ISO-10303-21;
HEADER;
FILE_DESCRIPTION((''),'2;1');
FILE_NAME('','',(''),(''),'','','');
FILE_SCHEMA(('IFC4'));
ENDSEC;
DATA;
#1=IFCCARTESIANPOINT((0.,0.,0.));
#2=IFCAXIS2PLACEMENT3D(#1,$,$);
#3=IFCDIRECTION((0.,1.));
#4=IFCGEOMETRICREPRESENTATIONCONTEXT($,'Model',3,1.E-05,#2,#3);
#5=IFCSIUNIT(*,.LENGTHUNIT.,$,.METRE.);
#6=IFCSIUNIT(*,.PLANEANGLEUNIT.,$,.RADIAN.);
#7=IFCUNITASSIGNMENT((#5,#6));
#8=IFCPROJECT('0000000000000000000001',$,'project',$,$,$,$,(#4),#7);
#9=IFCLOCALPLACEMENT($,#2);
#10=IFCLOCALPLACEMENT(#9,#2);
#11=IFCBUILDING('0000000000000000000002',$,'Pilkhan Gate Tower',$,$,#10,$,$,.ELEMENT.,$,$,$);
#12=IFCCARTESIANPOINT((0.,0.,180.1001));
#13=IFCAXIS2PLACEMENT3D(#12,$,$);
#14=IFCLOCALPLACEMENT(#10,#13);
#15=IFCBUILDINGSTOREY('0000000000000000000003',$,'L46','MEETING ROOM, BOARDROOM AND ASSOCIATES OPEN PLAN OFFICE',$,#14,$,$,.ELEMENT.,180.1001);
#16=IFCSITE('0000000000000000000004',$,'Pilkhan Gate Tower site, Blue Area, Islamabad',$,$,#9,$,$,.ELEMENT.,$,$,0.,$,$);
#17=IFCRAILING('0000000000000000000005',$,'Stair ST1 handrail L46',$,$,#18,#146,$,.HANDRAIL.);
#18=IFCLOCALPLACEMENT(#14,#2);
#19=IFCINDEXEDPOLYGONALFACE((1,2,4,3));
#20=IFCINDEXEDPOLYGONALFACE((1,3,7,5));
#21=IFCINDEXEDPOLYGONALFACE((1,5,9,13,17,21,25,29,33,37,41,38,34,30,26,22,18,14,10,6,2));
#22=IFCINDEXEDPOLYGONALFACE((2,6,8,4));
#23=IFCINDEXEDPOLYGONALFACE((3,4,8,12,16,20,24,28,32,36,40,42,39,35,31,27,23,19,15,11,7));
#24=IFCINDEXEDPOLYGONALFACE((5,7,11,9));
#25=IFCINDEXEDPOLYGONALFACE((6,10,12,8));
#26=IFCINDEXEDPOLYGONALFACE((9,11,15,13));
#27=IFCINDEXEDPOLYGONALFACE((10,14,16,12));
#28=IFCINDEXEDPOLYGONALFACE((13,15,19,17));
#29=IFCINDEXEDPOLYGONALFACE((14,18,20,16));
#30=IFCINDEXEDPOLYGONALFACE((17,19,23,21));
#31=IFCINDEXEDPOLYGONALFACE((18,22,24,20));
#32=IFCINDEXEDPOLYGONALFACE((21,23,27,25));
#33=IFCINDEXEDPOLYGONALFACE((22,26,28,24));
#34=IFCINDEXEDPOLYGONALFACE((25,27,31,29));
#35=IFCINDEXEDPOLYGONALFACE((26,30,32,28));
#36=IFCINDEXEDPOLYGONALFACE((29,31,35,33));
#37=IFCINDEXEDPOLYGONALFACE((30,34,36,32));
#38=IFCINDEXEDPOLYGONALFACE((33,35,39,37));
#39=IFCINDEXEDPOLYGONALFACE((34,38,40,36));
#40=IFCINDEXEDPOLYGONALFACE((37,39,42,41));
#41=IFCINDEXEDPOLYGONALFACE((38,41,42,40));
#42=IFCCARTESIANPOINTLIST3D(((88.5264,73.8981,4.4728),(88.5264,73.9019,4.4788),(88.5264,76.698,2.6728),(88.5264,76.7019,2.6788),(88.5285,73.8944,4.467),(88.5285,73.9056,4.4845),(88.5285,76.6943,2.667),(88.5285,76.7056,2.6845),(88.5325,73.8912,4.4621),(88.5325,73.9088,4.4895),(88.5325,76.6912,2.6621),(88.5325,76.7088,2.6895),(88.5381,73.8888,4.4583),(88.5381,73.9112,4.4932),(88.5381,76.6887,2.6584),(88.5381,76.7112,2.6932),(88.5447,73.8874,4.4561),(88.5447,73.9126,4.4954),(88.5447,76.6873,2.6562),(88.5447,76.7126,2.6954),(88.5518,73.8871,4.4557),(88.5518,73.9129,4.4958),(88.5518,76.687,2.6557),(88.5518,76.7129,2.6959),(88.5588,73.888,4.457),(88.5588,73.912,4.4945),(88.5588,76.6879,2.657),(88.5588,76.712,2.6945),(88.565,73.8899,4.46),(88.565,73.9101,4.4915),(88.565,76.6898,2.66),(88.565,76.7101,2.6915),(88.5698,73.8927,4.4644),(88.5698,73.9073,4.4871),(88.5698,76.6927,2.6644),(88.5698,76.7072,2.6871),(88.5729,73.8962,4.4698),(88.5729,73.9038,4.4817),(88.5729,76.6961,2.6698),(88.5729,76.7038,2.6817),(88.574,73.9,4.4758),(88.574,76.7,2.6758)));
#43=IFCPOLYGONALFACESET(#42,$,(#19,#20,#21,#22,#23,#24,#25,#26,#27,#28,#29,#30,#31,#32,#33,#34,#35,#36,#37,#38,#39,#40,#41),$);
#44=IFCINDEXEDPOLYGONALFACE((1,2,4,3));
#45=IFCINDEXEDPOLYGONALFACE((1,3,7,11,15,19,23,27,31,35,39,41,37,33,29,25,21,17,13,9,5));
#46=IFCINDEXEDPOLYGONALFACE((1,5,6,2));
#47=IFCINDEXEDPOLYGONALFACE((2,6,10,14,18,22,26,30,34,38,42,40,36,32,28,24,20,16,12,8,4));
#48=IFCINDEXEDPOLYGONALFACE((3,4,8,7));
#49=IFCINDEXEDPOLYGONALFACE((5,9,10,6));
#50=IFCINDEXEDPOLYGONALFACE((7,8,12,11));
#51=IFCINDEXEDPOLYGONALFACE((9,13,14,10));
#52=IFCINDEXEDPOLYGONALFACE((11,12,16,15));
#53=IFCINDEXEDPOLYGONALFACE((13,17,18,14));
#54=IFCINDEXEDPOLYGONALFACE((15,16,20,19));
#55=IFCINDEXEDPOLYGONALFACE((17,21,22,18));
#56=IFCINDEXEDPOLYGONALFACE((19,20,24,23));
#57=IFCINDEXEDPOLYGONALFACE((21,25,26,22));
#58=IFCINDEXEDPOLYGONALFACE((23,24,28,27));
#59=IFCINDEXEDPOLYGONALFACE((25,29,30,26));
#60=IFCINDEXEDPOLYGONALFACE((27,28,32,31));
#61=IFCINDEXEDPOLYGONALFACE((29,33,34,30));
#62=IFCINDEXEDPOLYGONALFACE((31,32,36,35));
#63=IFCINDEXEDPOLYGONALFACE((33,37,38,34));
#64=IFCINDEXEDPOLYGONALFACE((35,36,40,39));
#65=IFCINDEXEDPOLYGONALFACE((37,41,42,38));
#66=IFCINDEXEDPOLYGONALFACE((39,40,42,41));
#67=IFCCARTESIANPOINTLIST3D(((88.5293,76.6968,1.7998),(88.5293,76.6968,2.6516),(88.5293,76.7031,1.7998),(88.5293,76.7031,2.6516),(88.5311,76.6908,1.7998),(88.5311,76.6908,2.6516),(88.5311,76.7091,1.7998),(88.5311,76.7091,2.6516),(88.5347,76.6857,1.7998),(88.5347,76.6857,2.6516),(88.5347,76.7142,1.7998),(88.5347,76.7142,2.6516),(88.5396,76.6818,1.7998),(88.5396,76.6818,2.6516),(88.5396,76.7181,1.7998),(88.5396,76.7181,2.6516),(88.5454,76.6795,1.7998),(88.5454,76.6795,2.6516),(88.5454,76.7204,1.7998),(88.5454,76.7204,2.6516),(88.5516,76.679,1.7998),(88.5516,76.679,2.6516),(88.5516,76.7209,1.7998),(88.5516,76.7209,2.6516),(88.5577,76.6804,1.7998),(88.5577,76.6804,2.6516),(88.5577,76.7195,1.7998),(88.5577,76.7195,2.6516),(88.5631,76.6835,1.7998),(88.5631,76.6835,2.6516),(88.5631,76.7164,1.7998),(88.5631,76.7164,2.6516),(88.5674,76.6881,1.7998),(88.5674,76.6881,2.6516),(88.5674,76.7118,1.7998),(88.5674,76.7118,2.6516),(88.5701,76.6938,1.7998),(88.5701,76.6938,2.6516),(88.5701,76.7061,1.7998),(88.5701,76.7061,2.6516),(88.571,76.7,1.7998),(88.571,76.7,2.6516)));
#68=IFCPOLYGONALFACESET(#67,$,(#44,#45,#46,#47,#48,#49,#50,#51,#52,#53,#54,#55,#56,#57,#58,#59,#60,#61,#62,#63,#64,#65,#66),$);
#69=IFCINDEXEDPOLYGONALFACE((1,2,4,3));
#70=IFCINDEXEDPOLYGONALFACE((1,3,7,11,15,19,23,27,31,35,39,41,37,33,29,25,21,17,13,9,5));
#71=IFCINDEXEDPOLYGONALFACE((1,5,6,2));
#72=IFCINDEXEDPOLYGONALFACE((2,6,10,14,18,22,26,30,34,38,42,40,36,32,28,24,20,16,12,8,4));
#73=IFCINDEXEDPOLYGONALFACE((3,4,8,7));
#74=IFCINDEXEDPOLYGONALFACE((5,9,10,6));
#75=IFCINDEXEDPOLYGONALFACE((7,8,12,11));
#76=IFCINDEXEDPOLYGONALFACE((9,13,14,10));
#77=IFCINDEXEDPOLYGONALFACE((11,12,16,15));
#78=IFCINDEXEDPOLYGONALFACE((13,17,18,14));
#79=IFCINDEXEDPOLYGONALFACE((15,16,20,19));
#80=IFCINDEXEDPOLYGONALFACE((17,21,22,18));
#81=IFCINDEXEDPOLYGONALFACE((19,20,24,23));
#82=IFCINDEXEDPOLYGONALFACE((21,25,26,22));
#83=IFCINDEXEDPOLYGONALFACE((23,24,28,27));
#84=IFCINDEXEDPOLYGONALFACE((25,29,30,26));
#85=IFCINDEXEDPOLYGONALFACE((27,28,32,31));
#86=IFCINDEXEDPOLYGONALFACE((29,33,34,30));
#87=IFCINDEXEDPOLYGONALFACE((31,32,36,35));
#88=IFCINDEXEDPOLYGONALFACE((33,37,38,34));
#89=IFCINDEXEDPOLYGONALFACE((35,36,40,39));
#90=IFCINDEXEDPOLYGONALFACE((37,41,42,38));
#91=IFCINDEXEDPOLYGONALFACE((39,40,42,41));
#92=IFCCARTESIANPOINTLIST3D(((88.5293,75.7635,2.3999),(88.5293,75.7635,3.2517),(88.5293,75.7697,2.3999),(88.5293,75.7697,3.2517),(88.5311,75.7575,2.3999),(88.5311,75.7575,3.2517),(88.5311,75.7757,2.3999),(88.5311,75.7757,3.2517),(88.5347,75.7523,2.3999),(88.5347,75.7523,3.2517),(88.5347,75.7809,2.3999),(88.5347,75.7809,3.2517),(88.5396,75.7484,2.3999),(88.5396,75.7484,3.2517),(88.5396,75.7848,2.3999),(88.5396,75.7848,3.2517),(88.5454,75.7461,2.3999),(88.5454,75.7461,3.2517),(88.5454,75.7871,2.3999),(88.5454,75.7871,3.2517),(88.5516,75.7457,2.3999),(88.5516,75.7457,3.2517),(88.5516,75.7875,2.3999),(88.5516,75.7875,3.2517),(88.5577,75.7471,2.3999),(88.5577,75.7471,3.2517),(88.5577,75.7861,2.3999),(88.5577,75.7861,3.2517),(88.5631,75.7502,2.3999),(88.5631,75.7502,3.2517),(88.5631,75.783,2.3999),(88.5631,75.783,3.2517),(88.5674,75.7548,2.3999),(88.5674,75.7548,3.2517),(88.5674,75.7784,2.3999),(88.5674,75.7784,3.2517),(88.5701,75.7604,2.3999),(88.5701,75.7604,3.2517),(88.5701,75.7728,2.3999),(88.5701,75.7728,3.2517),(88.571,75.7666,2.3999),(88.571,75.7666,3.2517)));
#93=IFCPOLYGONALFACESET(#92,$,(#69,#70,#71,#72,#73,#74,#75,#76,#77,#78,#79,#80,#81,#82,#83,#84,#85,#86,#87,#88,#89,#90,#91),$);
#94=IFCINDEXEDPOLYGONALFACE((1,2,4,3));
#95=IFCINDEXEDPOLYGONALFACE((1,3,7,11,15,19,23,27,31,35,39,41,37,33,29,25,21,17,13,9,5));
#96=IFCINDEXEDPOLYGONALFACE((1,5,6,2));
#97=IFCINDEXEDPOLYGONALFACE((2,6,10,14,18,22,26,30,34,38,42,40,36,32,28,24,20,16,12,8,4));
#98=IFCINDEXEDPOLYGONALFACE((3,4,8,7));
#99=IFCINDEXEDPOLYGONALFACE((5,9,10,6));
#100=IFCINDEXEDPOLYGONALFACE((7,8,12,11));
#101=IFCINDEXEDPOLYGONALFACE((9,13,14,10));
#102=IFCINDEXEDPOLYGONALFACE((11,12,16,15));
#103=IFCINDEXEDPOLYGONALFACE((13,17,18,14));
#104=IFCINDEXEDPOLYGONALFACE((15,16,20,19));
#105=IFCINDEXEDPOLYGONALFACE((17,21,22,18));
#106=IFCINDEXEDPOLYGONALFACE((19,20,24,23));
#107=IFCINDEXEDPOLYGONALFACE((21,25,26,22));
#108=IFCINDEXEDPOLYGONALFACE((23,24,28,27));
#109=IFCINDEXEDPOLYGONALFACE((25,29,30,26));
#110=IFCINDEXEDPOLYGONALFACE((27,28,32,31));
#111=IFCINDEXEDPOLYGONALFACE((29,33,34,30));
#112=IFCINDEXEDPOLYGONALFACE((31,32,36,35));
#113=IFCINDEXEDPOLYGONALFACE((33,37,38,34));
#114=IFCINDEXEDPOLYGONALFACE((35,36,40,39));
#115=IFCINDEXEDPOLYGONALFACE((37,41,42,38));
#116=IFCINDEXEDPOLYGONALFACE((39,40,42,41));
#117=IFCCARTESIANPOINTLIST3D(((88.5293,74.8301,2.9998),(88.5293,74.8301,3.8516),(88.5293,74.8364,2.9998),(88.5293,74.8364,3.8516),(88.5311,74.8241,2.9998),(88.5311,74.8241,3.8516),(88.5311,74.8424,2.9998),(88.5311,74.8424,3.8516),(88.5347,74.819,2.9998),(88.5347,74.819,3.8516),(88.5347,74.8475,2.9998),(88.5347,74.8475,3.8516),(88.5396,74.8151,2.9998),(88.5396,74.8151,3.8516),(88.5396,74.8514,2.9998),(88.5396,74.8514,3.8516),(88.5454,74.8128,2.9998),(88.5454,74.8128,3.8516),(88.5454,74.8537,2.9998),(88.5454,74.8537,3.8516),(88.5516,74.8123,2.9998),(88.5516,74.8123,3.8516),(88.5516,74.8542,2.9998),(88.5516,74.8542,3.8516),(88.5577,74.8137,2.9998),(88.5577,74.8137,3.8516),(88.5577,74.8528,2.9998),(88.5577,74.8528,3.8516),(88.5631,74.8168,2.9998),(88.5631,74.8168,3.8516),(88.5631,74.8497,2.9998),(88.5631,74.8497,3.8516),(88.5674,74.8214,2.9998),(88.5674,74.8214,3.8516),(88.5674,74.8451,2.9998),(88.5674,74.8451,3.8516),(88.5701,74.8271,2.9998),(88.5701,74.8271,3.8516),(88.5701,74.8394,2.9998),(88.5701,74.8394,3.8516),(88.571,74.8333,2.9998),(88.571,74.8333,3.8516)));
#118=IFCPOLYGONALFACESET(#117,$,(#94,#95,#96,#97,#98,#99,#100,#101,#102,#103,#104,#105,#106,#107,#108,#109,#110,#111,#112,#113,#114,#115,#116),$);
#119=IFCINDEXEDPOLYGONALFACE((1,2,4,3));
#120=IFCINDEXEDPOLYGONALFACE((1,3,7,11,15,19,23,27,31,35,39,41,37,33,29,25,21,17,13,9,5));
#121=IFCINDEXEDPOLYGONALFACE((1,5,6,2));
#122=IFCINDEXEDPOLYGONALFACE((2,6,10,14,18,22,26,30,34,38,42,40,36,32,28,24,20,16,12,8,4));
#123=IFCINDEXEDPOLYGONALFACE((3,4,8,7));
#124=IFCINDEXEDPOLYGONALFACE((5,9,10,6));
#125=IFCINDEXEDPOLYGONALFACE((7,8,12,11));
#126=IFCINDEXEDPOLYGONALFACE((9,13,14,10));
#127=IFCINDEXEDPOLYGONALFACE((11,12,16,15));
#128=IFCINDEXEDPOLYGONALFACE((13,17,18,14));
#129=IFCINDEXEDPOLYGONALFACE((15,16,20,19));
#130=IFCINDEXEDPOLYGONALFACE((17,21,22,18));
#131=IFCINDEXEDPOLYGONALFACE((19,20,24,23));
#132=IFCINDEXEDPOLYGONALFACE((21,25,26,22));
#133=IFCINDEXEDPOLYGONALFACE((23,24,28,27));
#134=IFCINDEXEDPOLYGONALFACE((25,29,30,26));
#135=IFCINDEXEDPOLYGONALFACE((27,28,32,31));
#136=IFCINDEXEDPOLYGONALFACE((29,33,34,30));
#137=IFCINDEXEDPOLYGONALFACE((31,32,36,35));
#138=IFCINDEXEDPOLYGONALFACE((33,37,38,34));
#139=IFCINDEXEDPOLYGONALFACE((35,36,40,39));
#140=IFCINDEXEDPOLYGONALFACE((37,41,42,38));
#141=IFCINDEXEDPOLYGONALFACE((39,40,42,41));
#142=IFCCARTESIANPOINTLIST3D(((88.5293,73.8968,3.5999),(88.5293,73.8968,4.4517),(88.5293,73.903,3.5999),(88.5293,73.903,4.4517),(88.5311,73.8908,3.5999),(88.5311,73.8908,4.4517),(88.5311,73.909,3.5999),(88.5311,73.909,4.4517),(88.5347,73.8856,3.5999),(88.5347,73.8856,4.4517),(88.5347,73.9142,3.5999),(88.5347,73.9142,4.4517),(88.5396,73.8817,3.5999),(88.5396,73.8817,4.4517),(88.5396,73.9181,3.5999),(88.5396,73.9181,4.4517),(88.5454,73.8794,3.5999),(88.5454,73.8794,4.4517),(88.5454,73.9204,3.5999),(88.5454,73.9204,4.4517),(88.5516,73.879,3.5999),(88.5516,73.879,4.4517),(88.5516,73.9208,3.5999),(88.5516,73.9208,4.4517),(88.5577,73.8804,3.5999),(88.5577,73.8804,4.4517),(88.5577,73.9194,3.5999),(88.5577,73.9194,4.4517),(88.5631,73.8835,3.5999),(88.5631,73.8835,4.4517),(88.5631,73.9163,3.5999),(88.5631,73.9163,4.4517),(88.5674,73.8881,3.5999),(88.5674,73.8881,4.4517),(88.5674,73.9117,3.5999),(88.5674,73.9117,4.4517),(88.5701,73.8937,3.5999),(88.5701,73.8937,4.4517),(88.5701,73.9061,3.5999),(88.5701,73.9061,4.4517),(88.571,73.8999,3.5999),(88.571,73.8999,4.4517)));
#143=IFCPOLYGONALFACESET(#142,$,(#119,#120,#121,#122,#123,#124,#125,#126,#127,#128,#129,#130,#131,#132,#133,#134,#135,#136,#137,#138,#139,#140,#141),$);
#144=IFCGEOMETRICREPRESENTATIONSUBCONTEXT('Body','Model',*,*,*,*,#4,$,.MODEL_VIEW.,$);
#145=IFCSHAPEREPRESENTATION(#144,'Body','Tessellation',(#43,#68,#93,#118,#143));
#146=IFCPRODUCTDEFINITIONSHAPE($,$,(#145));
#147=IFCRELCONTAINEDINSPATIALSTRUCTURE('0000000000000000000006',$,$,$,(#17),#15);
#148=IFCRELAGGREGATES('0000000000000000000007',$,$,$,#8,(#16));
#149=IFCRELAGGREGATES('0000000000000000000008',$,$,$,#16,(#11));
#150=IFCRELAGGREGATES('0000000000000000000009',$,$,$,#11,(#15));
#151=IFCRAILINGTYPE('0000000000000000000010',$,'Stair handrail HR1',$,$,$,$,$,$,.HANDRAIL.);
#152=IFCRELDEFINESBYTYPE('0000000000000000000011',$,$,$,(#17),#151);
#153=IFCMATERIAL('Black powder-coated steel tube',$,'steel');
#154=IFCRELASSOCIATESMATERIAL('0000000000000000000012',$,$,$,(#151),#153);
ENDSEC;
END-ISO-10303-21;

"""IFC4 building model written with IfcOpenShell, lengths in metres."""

from ifc_helpers import new_model, si_unit, direction, frame, origin, origin_2d, place, context, subcontext, project, spatial, circle, extrude, material, type_object, element, save


model = new_model("IFC4")

# Units and contexts
model_context = context("Model", 3, precision=1e-05, world=origin(), true_north=direction((0.0, 1.0)))
body_context = subcontext(model_context, "Body", "Model", "MODEL_VIEW")
ifc_project = project(units=[si_unit("LENGTHUNIT", "METRE"), si_unit("PLANEANGLEUNIT", "RADIAN")], contexts=[model_context])

# Site, building, storey
site_placement = place(None, origin())
site = spatial("IfcSite", under=ifc_project, at=site_placement, Name="Pilkhan Gate Tower site, Blue Area, Islamabad", CompositionType="ELEMENT", RefElevation=0.0)
building_placement = place(site_placement, origin())
building = spatial("IfcBuilding", under=site, at=building_placement, Name="Pilkhan Gate Tower", CompositionType="ELEMENT")
storey_placement = place(building_placement, frame((0.0, 0.0, 180.1001)))
storey = spatial("IfcBuildingStorey", under=building, at=storey_placement, Name="L46", Description="MEETING ROOM, BOARDROOM AND ASSOCIATES OPEN PLAN OFFICE", CompositionType="ELEMENT", Elevation=180.1001)

# Railing
ifc_material_1 = material(Name="Black powder-coated steel tube", Category="steel")
railing_type_1 = type_object("IfcRailingType", Name="Stair handrail HR1", PredefinedType="HANDRAIL", material=ifc_material_1)
railing_1_placement = place(storey_placement, frame((88.55, 76.7, 1.7998)))
element("IfcRailing", 1, at=railing_1_placement, inside=storey, type_object=railing_type_1, Name="Stair ST1 handrail L46", PredefinedType="HANDRAIL", context=body_context, shape_type="SweptSolid", body=[
    extrude(circle(Radius=0.0239, at=origin_2d()), frame((0.0, 0.0, 0.876), z_axis=(0.0, -0.841176, 0.540761), x_axis=(1.0, 0.0, 0.0)), (0.0, 0.0, 1.0), 3.3286),
    extrude(circle(Radius=0.021, at=origin_2d()), origin(), (0.0, 0.0, 1.0), 0.8518),
    extrude(circle(Radius=0.021, at=origin_2d()), frame((0.0, -0.9333, 0.6001)), (0.0, 0.0, 1.0), 0.8518),
    extrude(circle(Radius=0.021, at=origin_2d()), frame((0.0, -1.8667, 1.2)), (0.0, 0.0, 1.0), 0.8518),
    extrude(circle(Radius=0.021, at=origin_2d()), frame((0.0, -2.8, 1.8)), (0.0, 0.0, 1.0), 0.8518),
])

save(model, "model.ifc")
